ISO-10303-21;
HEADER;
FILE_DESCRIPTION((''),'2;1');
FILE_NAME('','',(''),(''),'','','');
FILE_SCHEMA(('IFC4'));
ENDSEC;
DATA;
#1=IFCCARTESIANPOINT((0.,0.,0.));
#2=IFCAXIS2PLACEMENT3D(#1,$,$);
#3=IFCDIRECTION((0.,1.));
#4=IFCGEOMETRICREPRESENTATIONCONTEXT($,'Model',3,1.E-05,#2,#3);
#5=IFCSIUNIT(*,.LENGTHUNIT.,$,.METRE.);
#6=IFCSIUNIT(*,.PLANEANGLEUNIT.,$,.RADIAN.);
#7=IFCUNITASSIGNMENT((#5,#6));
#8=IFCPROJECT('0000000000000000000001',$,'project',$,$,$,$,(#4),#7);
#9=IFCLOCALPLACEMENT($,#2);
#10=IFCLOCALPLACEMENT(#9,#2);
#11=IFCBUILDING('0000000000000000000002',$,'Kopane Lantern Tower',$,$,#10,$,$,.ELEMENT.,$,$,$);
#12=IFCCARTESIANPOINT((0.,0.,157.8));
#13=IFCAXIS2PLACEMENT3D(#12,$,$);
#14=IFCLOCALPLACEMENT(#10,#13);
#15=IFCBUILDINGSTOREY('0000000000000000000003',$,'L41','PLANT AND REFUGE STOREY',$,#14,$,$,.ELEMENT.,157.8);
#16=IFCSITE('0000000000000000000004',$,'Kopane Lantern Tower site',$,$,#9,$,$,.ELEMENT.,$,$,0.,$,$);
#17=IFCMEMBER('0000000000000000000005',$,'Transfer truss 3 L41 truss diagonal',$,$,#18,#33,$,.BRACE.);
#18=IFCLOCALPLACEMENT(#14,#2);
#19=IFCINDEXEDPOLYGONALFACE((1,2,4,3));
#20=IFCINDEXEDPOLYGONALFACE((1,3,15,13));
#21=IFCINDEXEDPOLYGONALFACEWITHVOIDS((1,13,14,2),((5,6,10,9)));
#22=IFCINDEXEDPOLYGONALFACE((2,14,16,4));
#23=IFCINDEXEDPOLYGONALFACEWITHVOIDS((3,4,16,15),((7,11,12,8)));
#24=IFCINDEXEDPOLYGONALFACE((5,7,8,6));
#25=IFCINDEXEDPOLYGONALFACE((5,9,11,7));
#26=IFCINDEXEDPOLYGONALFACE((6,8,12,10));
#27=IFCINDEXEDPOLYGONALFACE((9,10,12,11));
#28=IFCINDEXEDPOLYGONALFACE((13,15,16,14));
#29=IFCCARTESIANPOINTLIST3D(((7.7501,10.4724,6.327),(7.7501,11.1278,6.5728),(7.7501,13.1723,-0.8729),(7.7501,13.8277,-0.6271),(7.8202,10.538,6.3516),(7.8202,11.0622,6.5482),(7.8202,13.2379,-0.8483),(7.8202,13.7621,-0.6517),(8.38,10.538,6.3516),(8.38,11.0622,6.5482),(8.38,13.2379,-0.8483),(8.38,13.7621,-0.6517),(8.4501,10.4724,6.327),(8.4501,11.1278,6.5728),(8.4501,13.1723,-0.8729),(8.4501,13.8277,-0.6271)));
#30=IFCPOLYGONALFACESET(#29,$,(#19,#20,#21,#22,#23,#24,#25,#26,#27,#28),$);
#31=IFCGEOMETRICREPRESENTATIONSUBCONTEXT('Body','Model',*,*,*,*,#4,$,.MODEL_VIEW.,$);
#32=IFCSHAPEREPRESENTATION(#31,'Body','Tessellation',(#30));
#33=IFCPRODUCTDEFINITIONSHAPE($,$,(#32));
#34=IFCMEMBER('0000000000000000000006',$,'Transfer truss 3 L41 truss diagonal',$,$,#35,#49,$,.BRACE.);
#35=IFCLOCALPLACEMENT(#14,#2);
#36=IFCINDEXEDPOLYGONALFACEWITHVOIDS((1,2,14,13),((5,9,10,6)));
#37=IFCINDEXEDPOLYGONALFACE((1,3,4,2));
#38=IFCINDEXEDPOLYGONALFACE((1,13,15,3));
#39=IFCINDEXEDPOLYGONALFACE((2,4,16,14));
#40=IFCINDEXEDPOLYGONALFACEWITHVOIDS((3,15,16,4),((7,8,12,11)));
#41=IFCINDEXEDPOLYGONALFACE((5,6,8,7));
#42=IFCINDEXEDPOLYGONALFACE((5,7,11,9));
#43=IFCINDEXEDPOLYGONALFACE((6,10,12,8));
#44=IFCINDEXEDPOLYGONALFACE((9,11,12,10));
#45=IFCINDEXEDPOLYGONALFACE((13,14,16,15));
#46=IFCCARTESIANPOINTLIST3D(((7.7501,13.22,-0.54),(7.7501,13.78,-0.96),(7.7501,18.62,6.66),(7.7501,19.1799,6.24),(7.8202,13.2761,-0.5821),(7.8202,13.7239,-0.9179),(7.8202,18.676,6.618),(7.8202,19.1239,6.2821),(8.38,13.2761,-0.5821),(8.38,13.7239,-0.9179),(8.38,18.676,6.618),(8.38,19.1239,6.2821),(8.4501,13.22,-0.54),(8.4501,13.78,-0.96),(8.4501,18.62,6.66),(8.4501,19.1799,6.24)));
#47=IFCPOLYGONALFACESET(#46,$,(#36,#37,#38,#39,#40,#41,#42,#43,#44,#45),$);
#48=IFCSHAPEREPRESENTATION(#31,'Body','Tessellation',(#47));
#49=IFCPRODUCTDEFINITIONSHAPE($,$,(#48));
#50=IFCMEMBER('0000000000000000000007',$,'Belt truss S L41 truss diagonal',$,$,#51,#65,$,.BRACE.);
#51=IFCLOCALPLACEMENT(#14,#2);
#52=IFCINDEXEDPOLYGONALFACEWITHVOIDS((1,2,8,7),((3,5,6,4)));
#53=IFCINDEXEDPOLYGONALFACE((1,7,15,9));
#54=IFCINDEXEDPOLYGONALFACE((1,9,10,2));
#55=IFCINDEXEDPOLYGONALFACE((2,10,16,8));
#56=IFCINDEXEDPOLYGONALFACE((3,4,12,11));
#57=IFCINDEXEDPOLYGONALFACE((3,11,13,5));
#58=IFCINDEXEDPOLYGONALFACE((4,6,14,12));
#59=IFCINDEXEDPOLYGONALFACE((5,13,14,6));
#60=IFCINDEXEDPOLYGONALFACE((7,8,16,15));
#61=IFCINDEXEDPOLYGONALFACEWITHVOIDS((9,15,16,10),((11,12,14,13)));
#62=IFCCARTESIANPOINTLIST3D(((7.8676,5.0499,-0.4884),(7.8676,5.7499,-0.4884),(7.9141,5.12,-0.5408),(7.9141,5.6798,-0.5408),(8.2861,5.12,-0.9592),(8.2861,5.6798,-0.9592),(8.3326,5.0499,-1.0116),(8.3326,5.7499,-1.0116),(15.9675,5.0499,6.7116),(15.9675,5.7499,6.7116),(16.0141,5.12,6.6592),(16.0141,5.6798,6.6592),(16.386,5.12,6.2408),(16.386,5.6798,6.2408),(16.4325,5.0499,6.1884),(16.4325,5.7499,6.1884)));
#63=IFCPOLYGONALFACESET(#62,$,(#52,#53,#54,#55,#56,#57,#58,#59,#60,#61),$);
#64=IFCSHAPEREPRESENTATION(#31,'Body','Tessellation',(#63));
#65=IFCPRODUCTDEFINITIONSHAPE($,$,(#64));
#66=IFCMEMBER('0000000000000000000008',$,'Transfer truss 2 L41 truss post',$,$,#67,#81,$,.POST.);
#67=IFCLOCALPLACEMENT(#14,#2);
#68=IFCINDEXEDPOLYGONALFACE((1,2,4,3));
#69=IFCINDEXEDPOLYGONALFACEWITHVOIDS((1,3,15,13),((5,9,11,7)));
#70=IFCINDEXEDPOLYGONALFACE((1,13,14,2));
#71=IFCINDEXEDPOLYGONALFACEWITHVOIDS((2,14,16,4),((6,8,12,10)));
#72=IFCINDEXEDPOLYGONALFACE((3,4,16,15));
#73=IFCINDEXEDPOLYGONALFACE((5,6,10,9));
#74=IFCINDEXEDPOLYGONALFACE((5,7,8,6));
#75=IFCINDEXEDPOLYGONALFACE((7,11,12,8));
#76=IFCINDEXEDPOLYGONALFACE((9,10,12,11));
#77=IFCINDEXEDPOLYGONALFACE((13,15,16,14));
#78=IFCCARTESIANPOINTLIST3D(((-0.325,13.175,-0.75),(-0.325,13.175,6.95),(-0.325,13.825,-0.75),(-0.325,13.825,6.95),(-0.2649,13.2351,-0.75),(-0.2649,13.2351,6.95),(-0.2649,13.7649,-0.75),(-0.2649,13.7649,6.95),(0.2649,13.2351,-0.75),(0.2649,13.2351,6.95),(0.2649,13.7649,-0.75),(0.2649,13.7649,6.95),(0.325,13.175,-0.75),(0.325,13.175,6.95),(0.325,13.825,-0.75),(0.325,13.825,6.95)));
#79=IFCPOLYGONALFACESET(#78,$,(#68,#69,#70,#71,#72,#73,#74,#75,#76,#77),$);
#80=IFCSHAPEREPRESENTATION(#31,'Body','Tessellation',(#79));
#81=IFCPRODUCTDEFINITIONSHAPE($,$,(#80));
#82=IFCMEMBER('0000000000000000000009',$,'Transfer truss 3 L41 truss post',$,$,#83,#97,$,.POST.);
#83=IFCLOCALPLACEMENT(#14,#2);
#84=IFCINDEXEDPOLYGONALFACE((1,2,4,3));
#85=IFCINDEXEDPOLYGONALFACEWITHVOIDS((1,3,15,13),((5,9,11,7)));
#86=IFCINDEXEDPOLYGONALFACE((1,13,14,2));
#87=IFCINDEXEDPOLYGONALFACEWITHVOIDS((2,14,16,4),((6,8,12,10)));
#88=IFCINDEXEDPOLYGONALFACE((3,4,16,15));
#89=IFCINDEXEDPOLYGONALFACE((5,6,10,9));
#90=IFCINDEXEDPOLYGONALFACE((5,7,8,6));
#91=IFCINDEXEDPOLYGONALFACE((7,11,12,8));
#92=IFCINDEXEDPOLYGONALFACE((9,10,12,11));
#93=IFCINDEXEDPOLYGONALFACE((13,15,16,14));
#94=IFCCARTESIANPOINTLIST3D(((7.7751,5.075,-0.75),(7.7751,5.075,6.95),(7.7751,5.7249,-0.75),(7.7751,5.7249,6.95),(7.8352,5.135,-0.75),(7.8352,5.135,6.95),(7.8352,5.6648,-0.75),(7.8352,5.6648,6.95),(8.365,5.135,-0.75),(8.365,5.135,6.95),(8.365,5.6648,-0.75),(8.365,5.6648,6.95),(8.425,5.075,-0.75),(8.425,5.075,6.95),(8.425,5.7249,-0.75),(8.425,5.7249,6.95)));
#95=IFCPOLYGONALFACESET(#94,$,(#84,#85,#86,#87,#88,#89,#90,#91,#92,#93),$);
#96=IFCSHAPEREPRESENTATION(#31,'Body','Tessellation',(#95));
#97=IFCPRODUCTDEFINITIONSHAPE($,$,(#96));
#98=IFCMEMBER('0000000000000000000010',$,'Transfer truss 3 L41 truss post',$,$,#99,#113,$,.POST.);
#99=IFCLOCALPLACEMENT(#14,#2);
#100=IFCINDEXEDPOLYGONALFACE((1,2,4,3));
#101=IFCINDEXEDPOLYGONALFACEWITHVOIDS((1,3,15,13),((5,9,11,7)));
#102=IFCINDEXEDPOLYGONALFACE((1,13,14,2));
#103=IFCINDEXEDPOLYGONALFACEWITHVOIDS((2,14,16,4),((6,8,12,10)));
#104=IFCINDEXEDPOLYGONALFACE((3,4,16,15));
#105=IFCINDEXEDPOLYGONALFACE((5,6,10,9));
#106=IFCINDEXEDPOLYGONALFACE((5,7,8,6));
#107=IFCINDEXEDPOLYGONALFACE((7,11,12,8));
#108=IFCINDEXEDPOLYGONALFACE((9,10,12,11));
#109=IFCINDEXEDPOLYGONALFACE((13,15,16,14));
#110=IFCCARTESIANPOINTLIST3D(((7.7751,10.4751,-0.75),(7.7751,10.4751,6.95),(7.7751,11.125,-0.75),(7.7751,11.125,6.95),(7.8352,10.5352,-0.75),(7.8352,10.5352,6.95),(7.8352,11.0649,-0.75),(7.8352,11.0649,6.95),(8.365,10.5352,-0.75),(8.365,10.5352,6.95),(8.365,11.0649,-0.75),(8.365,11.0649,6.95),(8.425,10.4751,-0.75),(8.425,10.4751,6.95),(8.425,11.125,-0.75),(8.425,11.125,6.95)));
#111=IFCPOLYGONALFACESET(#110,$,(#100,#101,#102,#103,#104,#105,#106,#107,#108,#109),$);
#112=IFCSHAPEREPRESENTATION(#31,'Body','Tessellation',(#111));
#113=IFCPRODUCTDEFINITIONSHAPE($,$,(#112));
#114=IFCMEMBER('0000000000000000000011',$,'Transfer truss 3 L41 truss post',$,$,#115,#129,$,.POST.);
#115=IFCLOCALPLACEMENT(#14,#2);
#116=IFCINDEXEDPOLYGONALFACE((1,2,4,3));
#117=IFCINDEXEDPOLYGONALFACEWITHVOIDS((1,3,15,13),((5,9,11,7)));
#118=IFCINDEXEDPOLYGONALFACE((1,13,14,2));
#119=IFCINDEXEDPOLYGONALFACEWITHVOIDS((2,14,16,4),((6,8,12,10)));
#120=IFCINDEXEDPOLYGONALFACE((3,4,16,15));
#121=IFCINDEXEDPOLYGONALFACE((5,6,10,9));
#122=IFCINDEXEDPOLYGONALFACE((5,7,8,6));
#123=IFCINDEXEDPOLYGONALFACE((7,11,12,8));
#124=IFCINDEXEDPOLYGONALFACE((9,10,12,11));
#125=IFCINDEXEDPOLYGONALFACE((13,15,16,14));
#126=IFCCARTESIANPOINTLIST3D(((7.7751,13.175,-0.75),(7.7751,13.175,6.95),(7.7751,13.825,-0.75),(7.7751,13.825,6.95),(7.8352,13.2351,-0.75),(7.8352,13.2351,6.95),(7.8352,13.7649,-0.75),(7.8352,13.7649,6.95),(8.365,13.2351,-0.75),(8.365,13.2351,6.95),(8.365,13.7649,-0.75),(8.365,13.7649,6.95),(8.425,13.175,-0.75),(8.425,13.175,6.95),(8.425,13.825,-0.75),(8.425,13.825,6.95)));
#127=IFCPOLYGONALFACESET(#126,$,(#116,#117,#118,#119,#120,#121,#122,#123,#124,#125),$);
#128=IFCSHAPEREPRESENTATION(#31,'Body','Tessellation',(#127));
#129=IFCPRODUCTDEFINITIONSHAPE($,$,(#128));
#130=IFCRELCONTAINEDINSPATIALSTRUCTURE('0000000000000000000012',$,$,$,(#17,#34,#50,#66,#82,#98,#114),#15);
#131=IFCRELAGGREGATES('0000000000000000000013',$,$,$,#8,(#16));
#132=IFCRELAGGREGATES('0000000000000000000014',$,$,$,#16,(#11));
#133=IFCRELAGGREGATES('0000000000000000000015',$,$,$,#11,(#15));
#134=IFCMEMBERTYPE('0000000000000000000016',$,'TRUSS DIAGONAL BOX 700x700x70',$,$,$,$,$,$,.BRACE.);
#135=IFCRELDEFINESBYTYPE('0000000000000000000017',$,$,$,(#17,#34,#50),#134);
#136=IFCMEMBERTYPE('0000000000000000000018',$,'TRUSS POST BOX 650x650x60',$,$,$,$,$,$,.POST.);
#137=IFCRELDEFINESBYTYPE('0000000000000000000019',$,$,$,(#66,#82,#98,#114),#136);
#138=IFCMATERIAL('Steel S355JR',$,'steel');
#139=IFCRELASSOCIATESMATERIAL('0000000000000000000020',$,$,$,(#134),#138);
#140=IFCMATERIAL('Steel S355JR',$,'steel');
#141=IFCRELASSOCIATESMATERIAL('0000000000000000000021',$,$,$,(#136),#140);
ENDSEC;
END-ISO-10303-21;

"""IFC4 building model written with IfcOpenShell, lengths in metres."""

from ifc_helpers import new_model, si_unit, direction, frame, origin, origin_2d, place, context, subcontext, project, spatial, hollow_rectangle, extrude, material, material_profile, profile_set, type_object, element, save


model = new_model("IFC4")

# Units and contexts
model_context = context("Model", 3, precision=1e-05, world=origin(), true_north=direction((0.0, 1.0)))
body_context = subcontext(model_context, "Body", "Model", "MODEL_VIEW")
ifc_project = project(units=[si_unit("LENGTHUNIT", "METRE"), si_unit("PLANEANGLEUNIT", "RADIAN")], contexts=[model_context])

# Site, building, storey
site_placement = place(None, origin())
site = spatial("IfcSite", under=ifc_project, at=site_placement, Name="Kopane Lantern Tower site", CompositionType="ELEMENT", RefElevation=0.0)
building_placement = place(site_placement, origin())
building = spatial("IfcBuilding", under=site, at=building_placement, Name="Kopane Lantern Tower", CompositionType="ELEMENT")
storey_placement = place(building_placement, frame((0.0, 0.0, 157.8)))
storey = spatial("IfcBuildingStorey", under=building, at=storey_placement, Name="L41", Description="PLANT AND REFUGE STOREY", CompositionType="ELEMENT", Elevation=157.8)

# Members
ifc_material_1 = material(Name="Steel S355JR", Category="steel")
ifc_material_profile_1 = material_profile(ifc_material_1, hollow_rectangle(XDim=0.7, YDim=0.7, WallThickness=0.0701, at=origin_2d()), Name="BOX 700x700x70")
ifc_profile_set_1 = profile_set([ifc_material_profile_1], Name="Steel S355JR")
member_type_1 = type_object("IfcMemberType", Name="TRUSS DIAGONAL BOX 700x700x70", PredefinedType="BRACE", material=ifc_profile_set_1)
member_1_placement = place(storey_placement, frame((8.1001, 13.5, -0.75), z_axis=(0.0, -0.35112, 0.93633), x_axis=(1.0, 0.0, 0.0)))
element("IfcMember", 1, at=member_1_placement, inside=storey, type_object=member_type_1, Name="Transfer truss 3 L41 truss diagonal", PredefinedType="BRACE", context=body_context, shape_type="SweptSolid", body=[
    extrude(hollow_rectangle(XDim=0.7, YDim=0.7, WallThickness=0.0701, at=origin_2d()), origin(), (0.0, 0.0, 1.0), 7.6895),
])
member_2_placement = place(storey_placement, frame((8.1001, 13.5, -0.75), z_axis=(0.0, 0.599996, 0.800003), x_axis=(-1.0, 0.0, 0.0)))
element("IfcMember", 2, at=member_2_placement, inside=storey, type_object=member_type_1, Name="Transfer truss 3 L41 truss diagonal", PredefinedType="BRACE", context=body_context, shape_type="SweptSolid", body=[
    extrude(hollow_rectangle(XDim=0.7, YDim=0.7, WallThickness=0.0701, at=origin_2d()), origin(), (0.0, 0.0, 1.0), 9.0),
])
member_3_placement = place(storey_placement, frame((8.1001, 5.3999, -0.75), z_axis=(0.747406, 0.0, 0.664368), x_axis=(0.0, 1.0, 0.0)))
element("IfcMember", 3, at=member_3_placement, inside=storey, type_object=member_type_1, Name="Belt truss S L41 truss diagonal", PredefinedType="BRACE", context=body_context, shape_type="SweptSolid", body=[
    extrude(hollow_rectangle(XDim=0.7, YDim=0.7, WallThickness=0.0701, at=origin_2d()), origin(), (0.0, 0.0, 1.0), 10.8374),
])
ifc_material_2 = material(Name="Steel S355JR", Category="steel")
ifc_material_profile_2 = material_profile(ifc_material_2, hollow_rectangle(XDim=0.6499, YDim=0.6499, WallThickness=0.0601, at=origin_2d()), Name="BOX 650x650x60")
ifc_profile_set_2 = profile_set([ifc_material_profile_2], Name="Steel S355JR")
member_type_2 = type_object("IfcMemberType", Name="TRUSS POST BOX 650x650x60", PredefinedType="POST", material=ifc_profile_set_2)
for number, where, z_axis, x_axis, name in (
    (4, (0.0, 13.5, -0.75), (0.0, 0.0, 1.0), (1.0, 0.0, 0.0), "Transfer truss 2 L41 truss post"),
    (5, (8.1001, 5.3999, -0.75), (0.0, 0.0, 1.0), (1.0, 0.0, 0.0), "Transfer truss 3 L41 truss post"),
    (6, (8.1001, 10.8, -0.75), (0.0, 0.0, 1.0), (1.0, 0.0, 0.0), "Transfer truss 3 L41 truss post"),
    (7, (8.1001, 13.5, -0.75), (0.0, 0.0, 1.0), (1.0, 0.0, 0.0), "Transfer truss 3 L41 truss post"),
):
    element("IfcMember", number, at=place(storey_placement, frame(where, z_axis=z_axis, x_axis=x_axis)), inside=storey, type_object=member_type_2, Name=name, PredefinedType="POST", context=body_context, shape_type="SweptSolid", body=[
        extrude(hollow_rectangle(XDim=0.6499, YDim=0.6499, WallThickness=0.0601, at=origin_2d()), origin(), (0.0, 0.0, 1.0), 7.7),
    ])

save(model, "model.ifc")
